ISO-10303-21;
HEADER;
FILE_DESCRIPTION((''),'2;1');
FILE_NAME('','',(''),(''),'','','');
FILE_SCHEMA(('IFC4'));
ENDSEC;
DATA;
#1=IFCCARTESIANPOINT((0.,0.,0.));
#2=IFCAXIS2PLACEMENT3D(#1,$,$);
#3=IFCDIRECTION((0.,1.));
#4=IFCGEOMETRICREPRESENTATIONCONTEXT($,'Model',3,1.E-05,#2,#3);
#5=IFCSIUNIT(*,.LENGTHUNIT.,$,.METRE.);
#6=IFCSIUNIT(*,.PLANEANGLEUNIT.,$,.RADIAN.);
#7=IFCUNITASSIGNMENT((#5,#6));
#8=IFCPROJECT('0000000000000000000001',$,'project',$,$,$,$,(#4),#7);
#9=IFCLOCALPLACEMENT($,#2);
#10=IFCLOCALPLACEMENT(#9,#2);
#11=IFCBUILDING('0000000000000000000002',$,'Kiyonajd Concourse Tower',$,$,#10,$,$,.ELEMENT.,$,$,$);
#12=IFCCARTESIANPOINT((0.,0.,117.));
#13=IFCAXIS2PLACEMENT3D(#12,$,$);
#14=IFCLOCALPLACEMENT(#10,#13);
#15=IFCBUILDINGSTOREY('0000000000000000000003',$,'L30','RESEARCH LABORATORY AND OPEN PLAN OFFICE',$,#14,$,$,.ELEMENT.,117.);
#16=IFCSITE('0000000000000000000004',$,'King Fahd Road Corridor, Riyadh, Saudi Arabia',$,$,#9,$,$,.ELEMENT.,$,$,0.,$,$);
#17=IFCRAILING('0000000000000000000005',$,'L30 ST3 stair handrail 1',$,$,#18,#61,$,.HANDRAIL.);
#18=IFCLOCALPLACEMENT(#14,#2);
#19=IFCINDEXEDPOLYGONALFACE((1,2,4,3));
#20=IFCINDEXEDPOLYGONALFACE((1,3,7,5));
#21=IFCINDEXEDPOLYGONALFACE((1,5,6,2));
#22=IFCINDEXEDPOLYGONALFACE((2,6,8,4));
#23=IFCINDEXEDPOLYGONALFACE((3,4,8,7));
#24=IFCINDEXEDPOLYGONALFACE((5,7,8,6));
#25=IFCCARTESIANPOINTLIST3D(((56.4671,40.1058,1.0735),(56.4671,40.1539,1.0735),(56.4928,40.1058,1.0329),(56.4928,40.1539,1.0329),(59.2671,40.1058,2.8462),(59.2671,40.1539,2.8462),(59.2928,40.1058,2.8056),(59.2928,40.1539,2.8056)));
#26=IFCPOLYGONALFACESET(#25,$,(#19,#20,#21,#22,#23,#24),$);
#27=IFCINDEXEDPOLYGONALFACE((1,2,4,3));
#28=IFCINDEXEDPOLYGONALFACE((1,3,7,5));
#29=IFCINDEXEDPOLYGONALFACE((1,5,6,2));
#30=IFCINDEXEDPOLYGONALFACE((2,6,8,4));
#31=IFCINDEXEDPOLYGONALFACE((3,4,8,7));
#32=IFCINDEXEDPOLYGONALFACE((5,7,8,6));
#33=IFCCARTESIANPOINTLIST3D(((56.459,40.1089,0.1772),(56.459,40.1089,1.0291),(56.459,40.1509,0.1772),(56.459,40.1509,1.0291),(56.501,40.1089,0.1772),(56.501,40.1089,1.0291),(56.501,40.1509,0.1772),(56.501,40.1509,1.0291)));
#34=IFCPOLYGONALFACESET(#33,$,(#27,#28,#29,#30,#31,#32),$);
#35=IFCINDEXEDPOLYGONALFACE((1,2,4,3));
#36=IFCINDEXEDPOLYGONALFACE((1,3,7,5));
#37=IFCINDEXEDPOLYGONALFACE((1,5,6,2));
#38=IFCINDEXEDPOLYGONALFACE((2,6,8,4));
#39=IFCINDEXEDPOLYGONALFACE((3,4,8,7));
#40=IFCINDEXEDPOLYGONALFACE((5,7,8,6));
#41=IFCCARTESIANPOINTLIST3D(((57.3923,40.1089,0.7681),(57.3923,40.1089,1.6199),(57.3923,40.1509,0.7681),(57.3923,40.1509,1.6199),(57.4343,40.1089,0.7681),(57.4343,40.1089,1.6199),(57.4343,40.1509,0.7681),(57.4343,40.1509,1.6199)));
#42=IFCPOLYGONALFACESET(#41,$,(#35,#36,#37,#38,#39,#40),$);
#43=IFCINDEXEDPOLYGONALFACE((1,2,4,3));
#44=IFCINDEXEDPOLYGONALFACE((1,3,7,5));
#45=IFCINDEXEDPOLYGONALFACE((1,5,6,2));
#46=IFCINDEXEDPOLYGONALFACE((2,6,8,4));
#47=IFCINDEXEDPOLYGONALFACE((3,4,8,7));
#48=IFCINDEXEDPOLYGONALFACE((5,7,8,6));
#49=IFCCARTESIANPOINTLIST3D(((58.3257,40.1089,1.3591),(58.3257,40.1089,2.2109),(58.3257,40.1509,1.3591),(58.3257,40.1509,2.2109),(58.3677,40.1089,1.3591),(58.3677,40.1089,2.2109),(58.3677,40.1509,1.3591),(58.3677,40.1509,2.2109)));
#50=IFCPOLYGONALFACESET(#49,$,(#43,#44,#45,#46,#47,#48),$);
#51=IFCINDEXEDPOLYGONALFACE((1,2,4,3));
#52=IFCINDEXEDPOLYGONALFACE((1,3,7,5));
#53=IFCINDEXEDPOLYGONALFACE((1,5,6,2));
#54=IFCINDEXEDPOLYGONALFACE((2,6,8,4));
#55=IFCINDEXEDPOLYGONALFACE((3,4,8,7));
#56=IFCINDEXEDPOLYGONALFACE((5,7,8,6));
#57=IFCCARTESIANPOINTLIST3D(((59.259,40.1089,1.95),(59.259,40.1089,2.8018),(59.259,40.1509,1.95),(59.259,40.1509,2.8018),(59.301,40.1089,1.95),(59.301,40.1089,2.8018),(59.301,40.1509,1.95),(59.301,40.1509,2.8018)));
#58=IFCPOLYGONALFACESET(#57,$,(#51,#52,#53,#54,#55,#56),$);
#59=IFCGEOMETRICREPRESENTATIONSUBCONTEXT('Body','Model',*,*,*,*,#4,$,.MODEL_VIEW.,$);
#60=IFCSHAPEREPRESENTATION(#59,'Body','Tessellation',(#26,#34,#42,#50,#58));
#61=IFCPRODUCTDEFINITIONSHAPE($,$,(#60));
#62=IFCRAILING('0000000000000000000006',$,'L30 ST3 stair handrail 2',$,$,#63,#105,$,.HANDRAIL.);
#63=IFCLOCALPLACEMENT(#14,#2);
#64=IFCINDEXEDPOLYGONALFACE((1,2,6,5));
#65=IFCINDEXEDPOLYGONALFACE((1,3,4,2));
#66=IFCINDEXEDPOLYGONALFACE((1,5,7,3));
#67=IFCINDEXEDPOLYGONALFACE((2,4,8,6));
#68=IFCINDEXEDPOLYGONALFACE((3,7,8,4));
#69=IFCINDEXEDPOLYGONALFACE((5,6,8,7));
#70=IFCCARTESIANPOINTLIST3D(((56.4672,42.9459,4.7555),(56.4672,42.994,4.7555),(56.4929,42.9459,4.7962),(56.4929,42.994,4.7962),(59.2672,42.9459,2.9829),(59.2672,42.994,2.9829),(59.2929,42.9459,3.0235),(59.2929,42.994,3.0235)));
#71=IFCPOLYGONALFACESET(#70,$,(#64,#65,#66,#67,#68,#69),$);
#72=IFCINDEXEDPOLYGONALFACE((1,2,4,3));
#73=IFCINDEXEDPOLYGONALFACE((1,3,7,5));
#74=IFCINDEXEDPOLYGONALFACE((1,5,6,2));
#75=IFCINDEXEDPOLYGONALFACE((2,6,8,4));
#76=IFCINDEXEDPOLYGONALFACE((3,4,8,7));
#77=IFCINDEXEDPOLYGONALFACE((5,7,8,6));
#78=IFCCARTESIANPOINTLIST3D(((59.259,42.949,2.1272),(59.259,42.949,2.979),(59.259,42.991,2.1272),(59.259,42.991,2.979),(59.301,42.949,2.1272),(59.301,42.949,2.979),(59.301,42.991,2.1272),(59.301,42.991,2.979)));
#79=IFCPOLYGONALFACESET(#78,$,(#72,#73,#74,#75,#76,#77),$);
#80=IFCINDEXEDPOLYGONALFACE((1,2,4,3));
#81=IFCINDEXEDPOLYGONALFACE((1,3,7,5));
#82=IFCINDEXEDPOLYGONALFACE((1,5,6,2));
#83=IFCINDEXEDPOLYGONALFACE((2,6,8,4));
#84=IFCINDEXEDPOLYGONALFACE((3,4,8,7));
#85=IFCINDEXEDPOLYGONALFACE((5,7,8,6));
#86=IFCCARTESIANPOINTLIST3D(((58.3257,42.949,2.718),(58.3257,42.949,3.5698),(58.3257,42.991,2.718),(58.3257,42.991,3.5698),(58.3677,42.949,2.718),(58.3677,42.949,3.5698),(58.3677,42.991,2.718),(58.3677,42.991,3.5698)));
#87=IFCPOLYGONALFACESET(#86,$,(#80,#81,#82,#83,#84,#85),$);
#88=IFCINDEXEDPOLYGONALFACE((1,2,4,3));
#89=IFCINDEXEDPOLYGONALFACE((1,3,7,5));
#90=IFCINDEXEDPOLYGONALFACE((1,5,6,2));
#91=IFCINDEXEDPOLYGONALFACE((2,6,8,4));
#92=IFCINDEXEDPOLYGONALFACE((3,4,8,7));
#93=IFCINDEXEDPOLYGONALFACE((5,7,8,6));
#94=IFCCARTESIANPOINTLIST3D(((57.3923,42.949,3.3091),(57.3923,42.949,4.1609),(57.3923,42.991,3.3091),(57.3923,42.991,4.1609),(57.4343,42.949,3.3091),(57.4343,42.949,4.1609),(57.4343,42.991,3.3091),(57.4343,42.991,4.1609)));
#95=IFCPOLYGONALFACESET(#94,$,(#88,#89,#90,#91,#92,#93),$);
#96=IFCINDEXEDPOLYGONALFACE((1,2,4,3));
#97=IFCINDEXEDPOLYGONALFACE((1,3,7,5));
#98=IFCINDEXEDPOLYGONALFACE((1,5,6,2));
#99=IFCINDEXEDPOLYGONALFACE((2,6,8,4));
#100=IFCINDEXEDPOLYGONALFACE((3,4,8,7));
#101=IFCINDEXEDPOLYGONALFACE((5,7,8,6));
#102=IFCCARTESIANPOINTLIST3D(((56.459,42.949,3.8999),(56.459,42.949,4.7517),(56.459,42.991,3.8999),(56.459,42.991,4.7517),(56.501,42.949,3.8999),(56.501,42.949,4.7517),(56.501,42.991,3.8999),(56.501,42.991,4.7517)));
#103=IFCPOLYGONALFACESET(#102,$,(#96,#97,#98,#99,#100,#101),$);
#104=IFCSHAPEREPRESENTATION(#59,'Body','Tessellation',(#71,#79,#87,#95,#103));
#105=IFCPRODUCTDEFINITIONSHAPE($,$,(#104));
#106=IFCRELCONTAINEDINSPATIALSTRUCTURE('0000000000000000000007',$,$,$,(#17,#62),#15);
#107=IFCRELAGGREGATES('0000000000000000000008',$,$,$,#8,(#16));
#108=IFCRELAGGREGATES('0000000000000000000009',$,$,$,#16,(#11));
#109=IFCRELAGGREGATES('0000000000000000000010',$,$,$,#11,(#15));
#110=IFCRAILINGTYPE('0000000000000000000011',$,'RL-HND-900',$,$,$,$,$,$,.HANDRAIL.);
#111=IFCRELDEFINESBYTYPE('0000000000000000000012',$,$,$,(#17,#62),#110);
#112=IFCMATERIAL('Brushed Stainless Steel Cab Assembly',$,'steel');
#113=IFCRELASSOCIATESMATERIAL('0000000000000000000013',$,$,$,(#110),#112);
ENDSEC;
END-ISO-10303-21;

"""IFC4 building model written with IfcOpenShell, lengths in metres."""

from ifc_helpers import new_model, si_unit, direction, frame, origin, origin_2d, place, context, subcontext, project, spatial, rectangle, extrude, material, type_object, element, save


model = new_model("IFC4")

# Units and contexts
model_context = context("Model", 3, precision=1e-05, world=origin(), true_north=direction((0.0, 1.0)))
body_context = subcontext(model_context, "Body", "Model", "MODEL_VIEW")
ifc_project = project(units=[si_unit("LENGTHUNIT", "METRE"), si_unit("PLANEANGLEUNIT", "RADIAN")], contexts=[model_context])

# Site, building, storey
site_placement = place(None, origin())
site = spatial("IfcSite", under=ifc_project, at=site_placement, Name="King Fahd Road Corridor, Riyadh, Saudi Arabia", CompositionType="ELEMENT", RefElevation=0.0)
building_placement = place(site_placement, origin())
building = spatial("IfcBuilding", under=site, at=building_placement, Name="Kiyonajd Concourse Tower", CompositionType="ELEMENT")
storey_placement = place(building_placement, frame((0.0, 0.0, 117.0)))
storey = spatial("IfcBuildingStorey", under=building, at=storey_placement, Name="L30", Description="RESEARCH LABORATORY AND OPEN PLAN OFFICE", CompositionType="ELEMENT", Elevation=117.0)

# Shared definitions
ifc_material_1 = material(Name="Brushed Stainless Steel Cab Assembly", Category="steel")

# Railings
railing_type_1 = type_object("IfcRailingType", Name="RL-HND-900", PredefinedType="HANDRAIL", material=ifc_material_1)
railing_1_placement = place(storey_placement, frame((56.48, 40.1299, 0.1772)))
element("IfcRailing", 1, at=railing_1_placement, inside=storey, type_object=railing_type_1, Name="L30 ST3 stair handrail 1", PredefinedType="HANDRAIL", context=body_context, shape_type="SweptSolid", body=[
    extrude(rectangle(XDim=0.0481, YDim=0.0481, at=origin_2d()), frame((0.0, 0.0, 0.876), z_axis=(0.844909, 0.0, 0.53491), x_axis=(0.0, 1.0, 0.0)), (0.0, 0.0, 1.0), 3.314),
    extrude(rectangle(XDim=0.042, YDim=0.042, at=origin_2d()), origin(), (0.0, 0.0, 1.0), 0.8518),
    extrude(rectangle(XDim=0.042, YDim=0.042, at=origin_2d()), frame((0.9333, 0.0, 0.5908)), (0.0, 0.0, 1.0), 0.8518),
    extrude(rectangle(XDim=0.042, YDim=0.042, at=origin_2d()), frame((1.8667, 0.0, 1.1819)), (0.0, 0.0, 1.0), 0.8518),
    extrude(rectangle(XDim=0.042, YDim=0.042, at=origin_2d()), frame((2.8, 0.0, 1.7727)), (0.0, 0.0, 1.0), 0.8518),
])
railing_2_placement = place(storey_placement, frame((59.28, 42.97, 2.1272)))
element("IfcRailing", 2, at=railing_2_placement, inside=storey, type_object=railing_type_1, Name="L30 ST3 stair handrail 2", PredefinedType="HANDRAIL", context=body_context, shape_type="SweptSolid", body=[
    extrude(rectangle(XDim=0.0481, YDim=0.0481, at=origin_2d()), frame((0.0, 0.0, 0.876), z_axis=(-0.844909, 0.0, 0.53491), x_axis=(0.0, -1.0, 0.0)), (0.0, 0.0, 1.0), 3.314),
    extrude(rectangle(XDim=0.042, YDim=0.042, at=origin_2d()), origin(), (0.0, 0.0, 1.0), 0.8518),
    extrude(rectangle(XDim=0.042, YDim=0.042, at=origin_2d()), frame((-0.9333, 0.0, 0.5908)), (0.0, 0.0, 1.0), 0.8518),
    extrude(rectangle(XDim=0.042, YDim=0.042, at=origin_2d()), frame((-1.8667, 0.0, 1.1819)), (0.0, 0.0, 1.0), 0.8518),
    extrude(rectangle(XDim=0.042, YDim=0.042, at=origin_2d()), frame((-2.8, 0.0, 1.7727)), (0.0, 0.0, 1.0), 0.8518),
])

save(model, "model.ifc")
